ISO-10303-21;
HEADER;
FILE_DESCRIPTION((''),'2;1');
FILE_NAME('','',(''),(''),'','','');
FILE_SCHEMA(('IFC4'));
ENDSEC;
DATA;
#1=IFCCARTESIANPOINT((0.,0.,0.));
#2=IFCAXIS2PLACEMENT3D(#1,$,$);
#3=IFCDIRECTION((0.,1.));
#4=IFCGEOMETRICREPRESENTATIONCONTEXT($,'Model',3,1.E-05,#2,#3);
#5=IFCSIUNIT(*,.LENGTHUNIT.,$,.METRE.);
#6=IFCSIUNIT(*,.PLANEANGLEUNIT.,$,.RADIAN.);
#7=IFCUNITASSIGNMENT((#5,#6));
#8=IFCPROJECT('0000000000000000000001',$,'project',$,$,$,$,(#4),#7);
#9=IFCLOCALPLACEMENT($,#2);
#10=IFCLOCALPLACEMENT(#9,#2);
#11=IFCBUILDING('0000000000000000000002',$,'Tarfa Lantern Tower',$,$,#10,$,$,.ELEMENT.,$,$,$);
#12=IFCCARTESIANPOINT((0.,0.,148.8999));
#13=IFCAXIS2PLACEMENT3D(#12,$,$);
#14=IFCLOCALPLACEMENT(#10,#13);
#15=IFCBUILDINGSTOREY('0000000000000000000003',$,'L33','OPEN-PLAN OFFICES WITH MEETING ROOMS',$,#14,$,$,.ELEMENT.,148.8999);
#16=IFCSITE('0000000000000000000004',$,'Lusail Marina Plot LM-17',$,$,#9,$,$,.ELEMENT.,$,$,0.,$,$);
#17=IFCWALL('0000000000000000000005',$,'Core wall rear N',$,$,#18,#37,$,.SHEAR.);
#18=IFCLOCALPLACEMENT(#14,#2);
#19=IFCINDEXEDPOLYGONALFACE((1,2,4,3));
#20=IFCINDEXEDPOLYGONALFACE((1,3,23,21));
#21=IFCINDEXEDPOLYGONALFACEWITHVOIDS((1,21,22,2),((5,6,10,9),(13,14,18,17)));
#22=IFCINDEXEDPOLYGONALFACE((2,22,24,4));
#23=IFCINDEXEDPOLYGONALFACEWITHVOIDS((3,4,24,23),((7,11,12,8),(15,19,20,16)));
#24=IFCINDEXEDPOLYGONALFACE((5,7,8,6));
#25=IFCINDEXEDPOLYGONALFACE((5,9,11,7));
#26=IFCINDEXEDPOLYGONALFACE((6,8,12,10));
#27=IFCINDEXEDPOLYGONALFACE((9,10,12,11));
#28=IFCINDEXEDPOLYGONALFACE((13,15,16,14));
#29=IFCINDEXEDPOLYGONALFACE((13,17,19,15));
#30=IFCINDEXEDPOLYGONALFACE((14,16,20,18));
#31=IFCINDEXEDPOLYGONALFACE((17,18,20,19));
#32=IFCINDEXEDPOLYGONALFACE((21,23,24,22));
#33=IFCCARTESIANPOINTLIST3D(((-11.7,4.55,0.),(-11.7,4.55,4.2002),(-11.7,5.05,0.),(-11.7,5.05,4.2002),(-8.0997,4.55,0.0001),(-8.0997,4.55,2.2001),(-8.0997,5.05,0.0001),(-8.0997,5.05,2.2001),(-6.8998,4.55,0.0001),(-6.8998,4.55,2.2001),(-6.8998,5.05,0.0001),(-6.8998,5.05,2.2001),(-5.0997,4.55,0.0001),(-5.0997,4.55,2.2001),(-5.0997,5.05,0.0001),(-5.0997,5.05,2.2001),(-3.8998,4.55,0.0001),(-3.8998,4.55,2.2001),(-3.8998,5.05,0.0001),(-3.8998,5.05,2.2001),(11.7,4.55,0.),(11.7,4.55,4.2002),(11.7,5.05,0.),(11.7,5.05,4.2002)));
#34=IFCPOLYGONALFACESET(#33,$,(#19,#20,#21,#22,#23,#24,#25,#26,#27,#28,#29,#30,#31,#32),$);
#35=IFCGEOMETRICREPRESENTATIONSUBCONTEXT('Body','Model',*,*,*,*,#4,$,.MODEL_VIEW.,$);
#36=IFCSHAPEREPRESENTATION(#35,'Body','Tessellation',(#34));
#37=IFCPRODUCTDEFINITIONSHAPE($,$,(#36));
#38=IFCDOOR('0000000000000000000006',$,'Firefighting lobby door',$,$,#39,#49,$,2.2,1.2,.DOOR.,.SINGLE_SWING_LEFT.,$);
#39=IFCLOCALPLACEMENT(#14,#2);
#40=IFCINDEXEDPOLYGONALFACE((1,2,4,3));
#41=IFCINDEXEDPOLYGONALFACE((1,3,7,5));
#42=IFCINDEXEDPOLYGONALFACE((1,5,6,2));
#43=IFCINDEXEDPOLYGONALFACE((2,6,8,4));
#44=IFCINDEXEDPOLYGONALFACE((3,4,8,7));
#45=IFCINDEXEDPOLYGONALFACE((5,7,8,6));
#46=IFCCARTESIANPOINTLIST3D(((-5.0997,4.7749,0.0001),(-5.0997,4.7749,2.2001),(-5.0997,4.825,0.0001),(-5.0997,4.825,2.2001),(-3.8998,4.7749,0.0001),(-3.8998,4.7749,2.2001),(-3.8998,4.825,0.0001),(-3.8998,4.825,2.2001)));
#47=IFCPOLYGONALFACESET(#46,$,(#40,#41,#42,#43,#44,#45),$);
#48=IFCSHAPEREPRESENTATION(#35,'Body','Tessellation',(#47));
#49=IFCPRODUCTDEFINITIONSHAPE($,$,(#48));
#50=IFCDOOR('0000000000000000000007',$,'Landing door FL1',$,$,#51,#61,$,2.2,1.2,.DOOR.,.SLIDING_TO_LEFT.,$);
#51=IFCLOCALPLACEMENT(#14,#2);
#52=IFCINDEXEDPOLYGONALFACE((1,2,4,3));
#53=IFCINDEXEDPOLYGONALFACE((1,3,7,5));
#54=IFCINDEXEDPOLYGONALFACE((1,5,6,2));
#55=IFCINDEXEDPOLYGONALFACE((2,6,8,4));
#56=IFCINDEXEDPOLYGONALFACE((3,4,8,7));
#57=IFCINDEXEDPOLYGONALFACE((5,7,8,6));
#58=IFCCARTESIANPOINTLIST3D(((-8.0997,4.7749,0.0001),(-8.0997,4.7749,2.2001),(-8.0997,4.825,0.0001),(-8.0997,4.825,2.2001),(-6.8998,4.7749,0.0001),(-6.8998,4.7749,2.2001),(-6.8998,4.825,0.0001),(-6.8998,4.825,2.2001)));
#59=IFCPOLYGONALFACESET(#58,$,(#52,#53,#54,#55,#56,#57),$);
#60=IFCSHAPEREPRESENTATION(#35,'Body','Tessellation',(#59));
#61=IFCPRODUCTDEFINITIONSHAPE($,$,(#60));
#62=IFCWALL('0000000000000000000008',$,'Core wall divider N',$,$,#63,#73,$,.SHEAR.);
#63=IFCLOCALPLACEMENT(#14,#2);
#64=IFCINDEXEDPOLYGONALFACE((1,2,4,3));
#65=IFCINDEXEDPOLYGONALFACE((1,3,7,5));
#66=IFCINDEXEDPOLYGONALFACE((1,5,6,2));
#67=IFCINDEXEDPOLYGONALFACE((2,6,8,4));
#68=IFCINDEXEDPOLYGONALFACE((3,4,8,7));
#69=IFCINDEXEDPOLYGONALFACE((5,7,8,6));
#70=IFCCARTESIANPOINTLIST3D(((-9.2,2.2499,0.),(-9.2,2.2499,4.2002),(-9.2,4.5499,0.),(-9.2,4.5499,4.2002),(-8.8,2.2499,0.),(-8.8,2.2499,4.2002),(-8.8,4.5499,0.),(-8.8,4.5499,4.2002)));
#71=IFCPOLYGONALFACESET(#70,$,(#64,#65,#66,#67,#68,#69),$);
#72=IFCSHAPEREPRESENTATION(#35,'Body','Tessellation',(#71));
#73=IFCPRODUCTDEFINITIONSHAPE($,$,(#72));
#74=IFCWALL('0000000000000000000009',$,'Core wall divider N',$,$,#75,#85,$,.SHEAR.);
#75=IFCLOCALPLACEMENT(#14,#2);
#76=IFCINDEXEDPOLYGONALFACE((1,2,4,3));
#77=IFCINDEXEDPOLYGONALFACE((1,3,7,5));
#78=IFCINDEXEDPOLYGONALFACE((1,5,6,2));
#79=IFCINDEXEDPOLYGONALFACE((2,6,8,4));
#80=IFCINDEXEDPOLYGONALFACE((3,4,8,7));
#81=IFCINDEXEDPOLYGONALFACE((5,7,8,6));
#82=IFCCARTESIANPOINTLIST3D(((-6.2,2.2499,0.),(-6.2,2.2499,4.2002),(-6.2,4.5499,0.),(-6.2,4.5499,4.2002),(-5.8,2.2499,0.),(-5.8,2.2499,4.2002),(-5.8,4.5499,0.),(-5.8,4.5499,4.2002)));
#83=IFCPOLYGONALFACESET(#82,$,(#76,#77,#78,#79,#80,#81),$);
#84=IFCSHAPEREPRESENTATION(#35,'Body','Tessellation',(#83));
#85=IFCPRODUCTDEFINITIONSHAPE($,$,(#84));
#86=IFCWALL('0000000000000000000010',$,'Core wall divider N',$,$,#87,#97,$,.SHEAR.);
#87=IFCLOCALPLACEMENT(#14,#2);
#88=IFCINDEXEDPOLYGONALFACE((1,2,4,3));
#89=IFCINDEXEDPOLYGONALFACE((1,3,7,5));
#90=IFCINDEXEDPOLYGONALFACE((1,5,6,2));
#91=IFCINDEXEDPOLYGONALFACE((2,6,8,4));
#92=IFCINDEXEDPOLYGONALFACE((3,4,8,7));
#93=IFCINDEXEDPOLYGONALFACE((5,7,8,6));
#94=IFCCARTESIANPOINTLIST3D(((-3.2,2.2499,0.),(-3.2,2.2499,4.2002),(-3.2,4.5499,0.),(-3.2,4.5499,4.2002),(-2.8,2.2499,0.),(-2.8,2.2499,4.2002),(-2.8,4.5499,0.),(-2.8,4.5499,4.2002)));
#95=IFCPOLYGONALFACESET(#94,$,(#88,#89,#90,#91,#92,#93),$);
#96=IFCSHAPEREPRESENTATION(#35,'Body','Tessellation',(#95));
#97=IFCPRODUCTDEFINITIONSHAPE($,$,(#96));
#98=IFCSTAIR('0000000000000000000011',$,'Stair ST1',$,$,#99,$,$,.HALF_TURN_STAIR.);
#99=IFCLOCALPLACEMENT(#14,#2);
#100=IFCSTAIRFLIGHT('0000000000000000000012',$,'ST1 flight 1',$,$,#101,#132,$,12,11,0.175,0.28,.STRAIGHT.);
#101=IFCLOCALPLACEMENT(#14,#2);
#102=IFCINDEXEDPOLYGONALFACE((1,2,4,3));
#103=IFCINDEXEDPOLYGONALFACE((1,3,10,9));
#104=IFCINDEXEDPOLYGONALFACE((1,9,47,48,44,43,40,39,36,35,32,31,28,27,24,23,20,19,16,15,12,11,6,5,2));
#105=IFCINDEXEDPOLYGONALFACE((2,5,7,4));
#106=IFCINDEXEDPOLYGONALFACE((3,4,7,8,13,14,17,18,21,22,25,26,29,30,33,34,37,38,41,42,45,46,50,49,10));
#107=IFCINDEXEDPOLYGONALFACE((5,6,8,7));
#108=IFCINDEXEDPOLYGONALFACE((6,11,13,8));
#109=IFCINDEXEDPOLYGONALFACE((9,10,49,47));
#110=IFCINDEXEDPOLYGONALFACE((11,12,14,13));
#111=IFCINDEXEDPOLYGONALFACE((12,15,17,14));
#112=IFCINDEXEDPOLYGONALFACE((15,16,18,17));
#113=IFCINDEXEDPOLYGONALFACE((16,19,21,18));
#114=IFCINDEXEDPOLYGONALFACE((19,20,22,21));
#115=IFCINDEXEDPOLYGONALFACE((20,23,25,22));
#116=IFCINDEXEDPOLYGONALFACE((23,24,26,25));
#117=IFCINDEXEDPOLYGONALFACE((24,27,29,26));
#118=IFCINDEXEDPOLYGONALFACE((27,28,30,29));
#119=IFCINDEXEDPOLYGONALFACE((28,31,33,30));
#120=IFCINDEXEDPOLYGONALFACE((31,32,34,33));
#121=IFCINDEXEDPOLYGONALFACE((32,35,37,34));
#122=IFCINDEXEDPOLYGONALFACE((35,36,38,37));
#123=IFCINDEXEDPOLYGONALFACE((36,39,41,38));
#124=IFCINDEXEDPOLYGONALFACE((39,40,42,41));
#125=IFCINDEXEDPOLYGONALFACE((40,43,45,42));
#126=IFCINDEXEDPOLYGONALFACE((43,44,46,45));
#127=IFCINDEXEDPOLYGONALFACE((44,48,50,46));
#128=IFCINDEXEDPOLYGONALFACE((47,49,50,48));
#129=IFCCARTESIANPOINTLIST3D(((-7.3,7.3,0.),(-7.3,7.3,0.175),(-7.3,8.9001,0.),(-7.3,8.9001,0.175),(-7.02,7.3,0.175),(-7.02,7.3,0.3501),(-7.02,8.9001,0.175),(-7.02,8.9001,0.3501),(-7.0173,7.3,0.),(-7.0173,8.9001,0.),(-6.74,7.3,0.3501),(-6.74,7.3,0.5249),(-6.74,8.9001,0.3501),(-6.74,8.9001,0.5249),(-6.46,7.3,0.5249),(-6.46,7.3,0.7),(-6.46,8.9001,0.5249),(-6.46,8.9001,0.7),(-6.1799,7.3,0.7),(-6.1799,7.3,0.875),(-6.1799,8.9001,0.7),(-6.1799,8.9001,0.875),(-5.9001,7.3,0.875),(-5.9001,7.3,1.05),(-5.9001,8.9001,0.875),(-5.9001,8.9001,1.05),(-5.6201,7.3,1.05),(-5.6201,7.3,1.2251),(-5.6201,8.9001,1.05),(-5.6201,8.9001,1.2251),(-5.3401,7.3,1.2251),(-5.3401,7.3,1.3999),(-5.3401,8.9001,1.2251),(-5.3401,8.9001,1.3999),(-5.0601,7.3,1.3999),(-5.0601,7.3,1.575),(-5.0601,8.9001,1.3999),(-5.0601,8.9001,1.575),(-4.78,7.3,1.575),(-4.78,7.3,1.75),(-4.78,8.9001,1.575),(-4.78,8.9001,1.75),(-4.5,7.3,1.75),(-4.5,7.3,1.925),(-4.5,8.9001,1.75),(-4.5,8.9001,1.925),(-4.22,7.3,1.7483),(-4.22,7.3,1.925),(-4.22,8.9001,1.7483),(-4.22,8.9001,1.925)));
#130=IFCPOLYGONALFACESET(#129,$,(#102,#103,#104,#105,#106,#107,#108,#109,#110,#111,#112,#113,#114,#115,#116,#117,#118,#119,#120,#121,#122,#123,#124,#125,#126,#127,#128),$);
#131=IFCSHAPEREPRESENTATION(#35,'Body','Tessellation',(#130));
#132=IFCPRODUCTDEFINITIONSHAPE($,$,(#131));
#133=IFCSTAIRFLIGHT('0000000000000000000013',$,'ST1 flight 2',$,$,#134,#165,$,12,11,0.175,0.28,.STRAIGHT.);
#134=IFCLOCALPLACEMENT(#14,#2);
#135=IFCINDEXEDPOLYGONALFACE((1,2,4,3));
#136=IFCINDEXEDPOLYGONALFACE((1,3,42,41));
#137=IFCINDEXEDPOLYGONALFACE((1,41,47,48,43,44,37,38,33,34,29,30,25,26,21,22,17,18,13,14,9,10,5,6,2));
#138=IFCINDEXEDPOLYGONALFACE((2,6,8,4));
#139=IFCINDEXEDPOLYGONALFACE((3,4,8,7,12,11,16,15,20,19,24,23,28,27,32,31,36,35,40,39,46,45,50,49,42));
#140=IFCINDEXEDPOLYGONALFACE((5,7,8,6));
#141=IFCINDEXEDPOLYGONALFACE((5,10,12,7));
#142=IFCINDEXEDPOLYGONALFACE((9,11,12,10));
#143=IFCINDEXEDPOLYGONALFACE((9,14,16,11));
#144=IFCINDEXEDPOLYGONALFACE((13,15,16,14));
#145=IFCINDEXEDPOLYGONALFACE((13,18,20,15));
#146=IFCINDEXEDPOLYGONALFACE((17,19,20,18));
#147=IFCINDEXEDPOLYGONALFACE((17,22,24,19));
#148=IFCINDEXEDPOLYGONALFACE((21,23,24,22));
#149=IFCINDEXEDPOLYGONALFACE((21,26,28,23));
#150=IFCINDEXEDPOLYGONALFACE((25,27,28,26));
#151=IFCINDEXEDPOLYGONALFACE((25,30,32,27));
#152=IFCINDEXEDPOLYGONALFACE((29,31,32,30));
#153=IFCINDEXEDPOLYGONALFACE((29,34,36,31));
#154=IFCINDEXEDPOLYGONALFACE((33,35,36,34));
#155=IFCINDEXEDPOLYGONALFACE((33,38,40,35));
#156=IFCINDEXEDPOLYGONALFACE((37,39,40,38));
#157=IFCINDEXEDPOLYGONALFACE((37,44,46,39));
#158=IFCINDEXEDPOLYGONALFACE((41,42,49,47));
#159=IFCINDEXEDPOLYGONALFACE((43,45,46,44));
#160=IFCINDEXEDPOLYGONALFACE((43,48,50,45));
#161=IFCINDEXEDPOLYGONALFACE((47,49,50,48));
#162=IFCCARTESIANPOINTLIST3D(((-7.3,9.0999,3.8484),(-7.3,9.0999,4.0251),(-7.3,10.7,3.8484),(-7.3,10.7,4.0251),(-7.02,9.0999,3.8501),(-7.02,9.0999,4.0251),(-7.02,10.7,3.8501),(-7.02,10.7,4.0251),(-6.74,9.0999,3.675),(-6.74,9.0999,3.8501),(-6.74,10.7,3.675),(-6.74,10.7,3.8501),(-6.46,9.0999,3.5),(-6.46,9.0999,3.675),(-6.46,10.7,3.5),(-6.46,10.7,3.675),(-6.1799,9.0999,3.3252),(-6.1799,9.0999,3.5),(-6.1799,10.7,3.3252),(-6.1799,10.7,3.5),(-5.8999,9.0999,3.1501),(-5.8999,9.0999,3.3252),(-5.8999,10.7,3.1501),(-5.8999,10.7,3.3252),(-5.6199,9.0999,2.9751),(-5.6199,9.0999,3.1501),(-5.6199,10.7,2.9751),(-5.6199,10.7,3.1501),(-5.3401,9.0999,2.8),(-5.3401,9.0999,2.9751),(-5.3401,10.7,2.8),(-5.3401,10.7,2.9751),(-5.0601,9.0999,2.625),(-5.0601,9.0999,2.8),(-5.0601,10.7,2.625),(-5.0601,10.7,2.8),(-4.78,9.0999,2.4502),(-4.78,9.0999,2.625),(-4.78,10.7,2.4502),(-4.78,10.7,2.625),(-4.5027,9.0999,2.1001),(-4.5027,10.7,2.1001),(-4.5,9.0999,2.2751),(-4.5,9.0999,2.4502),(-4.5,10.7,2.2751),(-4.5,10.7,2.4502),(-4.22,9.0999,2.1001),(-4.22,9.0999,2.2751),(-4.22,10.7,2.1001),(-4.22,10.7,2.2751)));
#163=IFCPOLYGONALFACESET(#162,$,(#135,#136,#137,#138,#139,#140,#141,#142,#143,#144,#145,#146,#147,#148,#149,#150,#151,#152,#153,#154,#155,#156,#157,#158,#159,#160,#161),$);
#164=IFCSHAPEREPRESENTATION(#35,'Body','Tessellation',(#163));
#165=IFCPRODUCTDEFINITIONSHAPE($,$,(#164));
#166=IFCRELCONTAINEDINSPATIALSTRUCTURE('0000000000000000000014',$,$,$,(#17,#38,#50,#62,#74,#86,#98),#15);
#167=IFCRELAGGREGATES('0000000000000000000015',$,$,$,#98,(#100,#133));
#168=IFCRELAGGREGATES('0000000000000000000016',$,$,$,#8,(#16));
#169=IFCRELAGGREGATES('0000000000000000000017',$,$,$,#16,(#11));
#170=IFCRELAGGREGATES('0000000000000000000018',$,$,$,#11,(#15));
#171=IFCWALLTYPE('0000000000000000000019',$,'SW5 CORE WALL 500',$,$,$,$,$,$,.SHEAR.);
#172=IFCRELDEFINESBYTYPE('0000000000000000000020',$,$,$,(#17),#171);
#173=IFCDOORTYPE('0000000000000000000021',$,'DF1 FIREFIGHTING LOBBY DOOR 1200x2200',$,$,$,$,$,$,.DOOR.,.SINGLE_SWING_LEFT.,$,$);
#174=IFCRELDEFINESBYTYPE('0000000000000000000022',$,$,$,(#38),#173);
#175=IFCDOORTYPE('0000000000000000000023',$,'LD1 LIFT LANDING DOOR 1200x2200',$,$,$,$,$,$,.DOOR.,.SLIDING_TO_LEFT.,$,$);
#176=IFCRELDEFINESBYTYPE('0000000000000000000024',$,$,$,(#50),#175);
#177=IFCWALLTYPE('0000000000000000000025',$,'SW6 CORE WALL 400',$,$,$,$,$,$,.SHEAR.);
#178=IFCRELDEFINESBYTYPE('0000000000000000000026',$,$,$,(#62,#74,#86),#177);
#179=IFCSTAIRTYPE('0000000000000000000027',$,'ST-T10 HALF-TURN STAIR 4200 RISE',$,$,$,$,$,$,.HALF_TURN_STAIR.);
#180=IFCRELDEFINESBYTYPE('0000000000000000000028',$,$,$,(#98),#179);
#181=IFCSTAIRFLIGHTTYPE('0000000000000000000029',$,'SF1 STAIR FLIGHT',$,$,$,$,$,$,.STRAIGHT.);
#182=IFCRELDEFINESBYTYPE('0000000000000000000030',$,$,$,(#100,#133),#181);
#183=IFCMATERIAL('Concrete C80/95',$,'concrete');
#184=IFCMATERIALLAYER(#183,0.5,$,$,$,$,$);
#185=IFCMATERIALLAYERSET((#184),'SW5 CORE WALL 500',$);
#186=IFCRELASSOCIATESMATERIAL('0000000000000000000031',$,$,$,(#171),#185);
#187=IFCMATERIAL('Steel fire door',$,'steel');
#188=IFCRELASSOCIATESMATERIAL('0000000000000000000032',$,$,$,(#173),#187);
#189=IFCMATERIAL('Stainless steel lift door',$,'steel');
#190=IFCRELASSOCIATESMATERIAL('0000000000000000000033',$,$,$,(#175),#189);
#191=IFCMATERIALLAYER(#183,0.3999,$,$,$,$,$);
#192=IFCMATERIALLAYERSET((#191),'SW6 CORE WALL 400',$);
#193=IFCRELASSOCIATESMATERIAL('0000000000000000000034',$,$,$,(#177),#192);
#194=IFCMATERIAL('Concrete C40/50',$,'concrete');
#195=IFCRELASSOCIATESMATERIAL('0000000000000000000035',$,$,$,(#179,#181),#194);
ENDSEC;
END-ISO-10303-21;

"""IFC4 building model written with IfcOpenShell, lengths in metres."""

from ifc_helpers import new_model, si_unit, direction, frame, frame_2d, origin, place, context, subcontext, project, spatial, polyline, rectangle, outline, extrude, material, layer, layer_set, type_object, element, fill, aggregate, save


model = new_model("IFC4")

# Units and contexts
model_context = context("Model", 3, precision=1e-05, world=origin(), true_north=direction((0.0, 1.0)))
body_context = subcontext(model_context, "Body", "Model", "MODEL_VIEW")
ifc_project = project(units=[si_unit("LENGTHUNIT", "METRE"), si_unit("PLANEANGLEUNIT", "RADIAN")], contexts=[model_context])

# Site, building, storey
site_placement = place(None, origin())
site = spatial("IfcSite", under=ifc_project, at=site_placement, Name="Lusail Marina Plot LM-17", CompositionType="ELEMENT", RefElevation=0.0)
building_placement = place(site_placement, origin())
building = spatial("IfcBuilding", under=site, at=building_placement, Name="Tarfa Lantern Tower", CompositionType="ELEMENT")
storey_placement = place(building_placement, frame((0.0, 0.0, 148.8999)))
storey = spatial("IfcBuildingStorey", under=building, at=storey_placement, Name="L33", Description="OPEN-PLAN OFFICES WITH MEETING ROOMS", CompositionType="ELEMENT", Elevation=148.8999)

# Shared definitions
ifc_material_1 = material(Name="Concrete C80/95", Category="concrete")

# Shared definitions
ifc_material_2 = material(Name="Steel fire door", Category="steel")

# Wall, openings, doors
ifc_layer_1 = layer(ifc_material_1, 0.5)
ifc_layer_set_1 = layer_set([ifc_layer_1], Name="SW5 CORE WALL 500")
wall_type_1 = type_object("IfcWallType", Name="SW5 CORE WALL 500", PredefinedType="SHEAR", material=ifc_layer_set_1)
ifc_material_3 = material(Name="Stainless steel lift door", Category="steel")
wall_1_placement = place(storey_placement, frame((-11.7, 4.8, 0.0), z_axis=(0.0, 0.0, 1.0), x_axis=(1.0, 0.0, 0.0)))
wall_1 = element("IfcWall", 1, at=wall_1_placement, inside=storey, type_object=wall_type_1, Name="Core wall rear N", PredefinedType="SHEAR", context=body_context, shape_type="SweptSolid", body=[
    extrude(rectangle(XDim=23.3999, YDim=0.5, at=frame_2d((11.7, 0.0))), origin(), (0.0, 0.0, 1.0), 4.2002),
])
opening_1_placement = place(wall_1_placement, frame((6.6001, 0.0, 0.0)))
opening_1 = element("IfcOpeningElement", 2, at=opening_1_placement, cuts=wall_1, PredefinedType="OPENING", context=body_context, shape_type="SweptSolid", body=[
    extrude(rectangle(XDim=1.2, YDim=2.2, at=frame_2d((0.6001, 1.1001))), frame((0.0, 0.26, 0.0), z_axis=(0.0, -1.0, 0.0), x_axis=(1.0, 0.0, 0.0)), (0.0, 0.0, 1.0), 0.52),
])
opening_2_placement = place(wall_1_placement, frame((3.6001, 0.0, 0.0)))
opening_2 = element("IfcOpeningElement", 3, at=opening_2_placement, cuts=wall_1, PredefinedType="OPENING", context=body_context, shape_type="SweptSolid", body=[
    extrude(rectangle(XDim=1.2, YDim=2.2, at=frame_2d((0.6001, 1.1001))), frame((0.0, 0.26, 0.0), z_axis=(0.0, -1.0, 0.0), x_axis=(1.0, 0.0, 0.0)), (0.0, 0.0, 1.0), 0.52),
])
door_type_1 = type_object("IfcDoorType", Name="DF1 FIREFIGHTING LOBBY DOOR 1200x2200", OperationType="SINGLE_SWING_LEFT", PredefinedType="DOOR", material=ifc_material_2)
door_1_placement = place(opening_1_placement, origin())
door_1 = element("IfcDoor", 4, at=door_1_placement, inside=storey, type_object=door_type_1, Name="Firefighting lobby door", OperationType="SINGLE_SWING_LEFT", OverallHeight=2.2, OverallWidth=1.2, PredefinedType="DOOR", context=body_context, shape_type="SweptSolid", body=[
    extrude(rectangle(XDim=1.2, YDim=2.2, at=frame_2d((0.6001, 1.1001))), frame((0.0, 0.0249, 0.0), z_axis=(0.0, -1.0, 0.0), x_axis=(1.0, 0.0, 0.0)), (0.0, 0.0, 1.0), 0.05),
])
fill(opening_1, door_1)
door_type_2 = type_object("IfcDoorType", Name="LD1 LIFT LANDING DOOR 1200x2200", OperationType="SLIDING_TO_LEFT", PredefinedType="DOOR", material=ifc_material_3)
door_2_placement = place(opening_2_placement, origin())
door_2 = element("IfcDoor", 5, at=door_2_placement, inside=storey, type_object=door_type_2, Name="Landing door FL1", OperationType="SLIDING_TO_LEFT", OverallHeight=2.2, OverallWidth=1.2, PredefinedType="DOOR", context=body_context, shape_type="SweptSolid", body=[
    extrude(rectangle(XDim=1.2, YDim=2.2, at=frame_2d((0.6001, 1.1001))), frame((0.0, 0.0249, 0.0), z_axis=(0.0, -1.0, 0.0), x_axis=(1.0, 0.0, 0.0)), (0.0, 0.0, 1.0), 0.05),
])
fill(opening_2, door_2)

# Walls
ifc_layer_2 = layer(ifc_material_1, 0.3999)
ifc_layer_set_2 = layer_set([ifc_layer_2], Name="SW6 CORE WALL 400")
wall_type_2 = type_object("IfcWallType", Name="SW6 CORE WALL 400", PredefinedType="SHEAR", material=ifc_layer_set_2)
for number, where, z_axis, x_axis, name in (
    (6, (-9.0, 2.25, 0.0), (0.0, 0.0, 1.0), (0.0, 1.0, 0.0), "Core wall divider N"),
    (7, (-6.0, 2.25, 0.0), (0.0, 0.0, 1.0), (0.0, 1.0, 0.0), "Core wall divider N"),
    (8, (-3.0, 2.25, 0.0), (0.0, 0.0, 1.0), (0.0, 1.0, 0.0), "Core wall divider N"),
):
    element("IfcWall", number, at=place(storey_placement, frame(where, z_axis=z_axis, x_axis=x_axis)), inside=storey, type_object=wall_type_2, Name=name, PredefinedType="SHEAR", context=body_context, shape_type="SweptSolid", body=[
        extrude(rectangle(XDim=2.3, YDim=0.3999, at=frame_2d((1.1499, 0.0))), origin(), (0.0, 0.0, 1.0), 4.2002),
    ])

# Stair, stair flights
ifc_material_4 = material(Name="Concrete C40/50", Category="concrete")
stair_type = type_object("IfcStairType", Name="ST-T10 HALF-TURN STAIR 4200 RISE", PredefinedType="HALF_TURN_STAIR", material=ifc_material_4)
stair_placement = place(storey_placement, origin())
stair = element("IfcStair", 9, at=stair_placement, inside=storey, type_object=stair_type, Name="Stair ST1", PredefinedType="HALF_TURN_STAIR")
stair_flight_type = type_object("IfcStairFlightType", Name="SF1 STAIR FLIGHT", PredefinedType="STRAIGHT", material=ifc_material_4)
stair_flight_1_placement = place(storey_placement, frame((-7.3, 8.1001, 0.0), z_axis=(0.0, 0.0, 1.0), x_axis=(1.0, 0.0, 0.0)))
stair_flight_1 = element("IfcStairFlight", 10, at=stair_flight_1_placement, type_object=stair_flight_type, Name="ST1 flight 1", NumberOfRisers=12, NumberOfTreads=11, PredefinedType="STRAIGHT", RiserHeight=0.175, TreadLength=0.28, context=body_context, shape_type="SweptSolid", body=[
    extrude(outline(polyline([(0.0, 0.0), (0.0, 0.175), (0.28, 0.175), (0.28, 0.3501), (0.5601, 0.3501), (0.5601, 0.5249), (0.8401, 0.5249), (0.8401, 0.7), (1.1201, 0.7), (1.1201, 0.875), (1.3999, 0.875), (1.3999, 1.05), (1.6799, 1.05), (1.6799, 1.2251), (1.96, 1.2251), (1.96, 1.3999), (2.24, 1.3999), (2.24, 1.575), (2.52, 1.575), (2.52, 1.75), (2.8, 1.75), (2.8, 1.925), (3.0801, 1.925), (3.0801, 2.1001), (3.0801, 1.7483), (0.2827, 0.0), (0.0, 0.0)])), frame((0.0, 0.8, 0.0), z_axis=(0.0, -1.0, 0.0), x_axis=(1.0, 0.0, 0.0)), (0.0, 0.0, 1.0), 1.6001),
])
stair_flight_2_placement = place(storey_placement, frame((-4.22, 9.8999, 2.1001), z_axis=(0.0, 0.0, 1.0), x_axis=(-1.0, 0.0, 0.0)))
stair_flight_2 = element("IfcStairFlight", 11, at=stair_flight_2_placement, type_object=stair_flight_type, Name="ST1 flight 2", NumberOfRisers=12, NumberOfTreads=11, PredefinedType="STRAIGHT", RiserHeight=0.175, TreadLength=0.28, context=body_context, shape_type="SweptSolid", body=[
    extrude(outline(polyline([(0.0, 0.0), (0.0, 0.175), (0.28, 0.175), (0.28, 0.3501), (0.5601, 0.3501), (0.5601, 0.5249), (0.8401, 0.5249), (0.8401, 0.7), (1.1201, 0.7), (1.1201, 0.875), (1.3999, 0.875), (1.3999, 1.05), (1.6799, 1.05), (1.6799, 1.2251), (1.96, 1.2251), (1.96, 1.3999), (2.24, 1.3999), (2.24, 1.575), (2.52, 1.575), (2.52, 1.75), (2.8, 1.75), (2.8, 1.925), (3.0801, 1.925), (3.0801, 2.1001), (3.0801, 1.7483), (0.2827, 0.0), (0.0, 0.0)])), frame((0.0, 0.8, 0.0), z_axis=(0.0, -1.0, 0.0), x_axis=(1.0, 0.0, 0.0)), (0.0, 0.0, 1.0), 1.6001),
])
aggregate(stair, [stair_flight_1, stair_flight_2])

save(model, "model.ifc")
